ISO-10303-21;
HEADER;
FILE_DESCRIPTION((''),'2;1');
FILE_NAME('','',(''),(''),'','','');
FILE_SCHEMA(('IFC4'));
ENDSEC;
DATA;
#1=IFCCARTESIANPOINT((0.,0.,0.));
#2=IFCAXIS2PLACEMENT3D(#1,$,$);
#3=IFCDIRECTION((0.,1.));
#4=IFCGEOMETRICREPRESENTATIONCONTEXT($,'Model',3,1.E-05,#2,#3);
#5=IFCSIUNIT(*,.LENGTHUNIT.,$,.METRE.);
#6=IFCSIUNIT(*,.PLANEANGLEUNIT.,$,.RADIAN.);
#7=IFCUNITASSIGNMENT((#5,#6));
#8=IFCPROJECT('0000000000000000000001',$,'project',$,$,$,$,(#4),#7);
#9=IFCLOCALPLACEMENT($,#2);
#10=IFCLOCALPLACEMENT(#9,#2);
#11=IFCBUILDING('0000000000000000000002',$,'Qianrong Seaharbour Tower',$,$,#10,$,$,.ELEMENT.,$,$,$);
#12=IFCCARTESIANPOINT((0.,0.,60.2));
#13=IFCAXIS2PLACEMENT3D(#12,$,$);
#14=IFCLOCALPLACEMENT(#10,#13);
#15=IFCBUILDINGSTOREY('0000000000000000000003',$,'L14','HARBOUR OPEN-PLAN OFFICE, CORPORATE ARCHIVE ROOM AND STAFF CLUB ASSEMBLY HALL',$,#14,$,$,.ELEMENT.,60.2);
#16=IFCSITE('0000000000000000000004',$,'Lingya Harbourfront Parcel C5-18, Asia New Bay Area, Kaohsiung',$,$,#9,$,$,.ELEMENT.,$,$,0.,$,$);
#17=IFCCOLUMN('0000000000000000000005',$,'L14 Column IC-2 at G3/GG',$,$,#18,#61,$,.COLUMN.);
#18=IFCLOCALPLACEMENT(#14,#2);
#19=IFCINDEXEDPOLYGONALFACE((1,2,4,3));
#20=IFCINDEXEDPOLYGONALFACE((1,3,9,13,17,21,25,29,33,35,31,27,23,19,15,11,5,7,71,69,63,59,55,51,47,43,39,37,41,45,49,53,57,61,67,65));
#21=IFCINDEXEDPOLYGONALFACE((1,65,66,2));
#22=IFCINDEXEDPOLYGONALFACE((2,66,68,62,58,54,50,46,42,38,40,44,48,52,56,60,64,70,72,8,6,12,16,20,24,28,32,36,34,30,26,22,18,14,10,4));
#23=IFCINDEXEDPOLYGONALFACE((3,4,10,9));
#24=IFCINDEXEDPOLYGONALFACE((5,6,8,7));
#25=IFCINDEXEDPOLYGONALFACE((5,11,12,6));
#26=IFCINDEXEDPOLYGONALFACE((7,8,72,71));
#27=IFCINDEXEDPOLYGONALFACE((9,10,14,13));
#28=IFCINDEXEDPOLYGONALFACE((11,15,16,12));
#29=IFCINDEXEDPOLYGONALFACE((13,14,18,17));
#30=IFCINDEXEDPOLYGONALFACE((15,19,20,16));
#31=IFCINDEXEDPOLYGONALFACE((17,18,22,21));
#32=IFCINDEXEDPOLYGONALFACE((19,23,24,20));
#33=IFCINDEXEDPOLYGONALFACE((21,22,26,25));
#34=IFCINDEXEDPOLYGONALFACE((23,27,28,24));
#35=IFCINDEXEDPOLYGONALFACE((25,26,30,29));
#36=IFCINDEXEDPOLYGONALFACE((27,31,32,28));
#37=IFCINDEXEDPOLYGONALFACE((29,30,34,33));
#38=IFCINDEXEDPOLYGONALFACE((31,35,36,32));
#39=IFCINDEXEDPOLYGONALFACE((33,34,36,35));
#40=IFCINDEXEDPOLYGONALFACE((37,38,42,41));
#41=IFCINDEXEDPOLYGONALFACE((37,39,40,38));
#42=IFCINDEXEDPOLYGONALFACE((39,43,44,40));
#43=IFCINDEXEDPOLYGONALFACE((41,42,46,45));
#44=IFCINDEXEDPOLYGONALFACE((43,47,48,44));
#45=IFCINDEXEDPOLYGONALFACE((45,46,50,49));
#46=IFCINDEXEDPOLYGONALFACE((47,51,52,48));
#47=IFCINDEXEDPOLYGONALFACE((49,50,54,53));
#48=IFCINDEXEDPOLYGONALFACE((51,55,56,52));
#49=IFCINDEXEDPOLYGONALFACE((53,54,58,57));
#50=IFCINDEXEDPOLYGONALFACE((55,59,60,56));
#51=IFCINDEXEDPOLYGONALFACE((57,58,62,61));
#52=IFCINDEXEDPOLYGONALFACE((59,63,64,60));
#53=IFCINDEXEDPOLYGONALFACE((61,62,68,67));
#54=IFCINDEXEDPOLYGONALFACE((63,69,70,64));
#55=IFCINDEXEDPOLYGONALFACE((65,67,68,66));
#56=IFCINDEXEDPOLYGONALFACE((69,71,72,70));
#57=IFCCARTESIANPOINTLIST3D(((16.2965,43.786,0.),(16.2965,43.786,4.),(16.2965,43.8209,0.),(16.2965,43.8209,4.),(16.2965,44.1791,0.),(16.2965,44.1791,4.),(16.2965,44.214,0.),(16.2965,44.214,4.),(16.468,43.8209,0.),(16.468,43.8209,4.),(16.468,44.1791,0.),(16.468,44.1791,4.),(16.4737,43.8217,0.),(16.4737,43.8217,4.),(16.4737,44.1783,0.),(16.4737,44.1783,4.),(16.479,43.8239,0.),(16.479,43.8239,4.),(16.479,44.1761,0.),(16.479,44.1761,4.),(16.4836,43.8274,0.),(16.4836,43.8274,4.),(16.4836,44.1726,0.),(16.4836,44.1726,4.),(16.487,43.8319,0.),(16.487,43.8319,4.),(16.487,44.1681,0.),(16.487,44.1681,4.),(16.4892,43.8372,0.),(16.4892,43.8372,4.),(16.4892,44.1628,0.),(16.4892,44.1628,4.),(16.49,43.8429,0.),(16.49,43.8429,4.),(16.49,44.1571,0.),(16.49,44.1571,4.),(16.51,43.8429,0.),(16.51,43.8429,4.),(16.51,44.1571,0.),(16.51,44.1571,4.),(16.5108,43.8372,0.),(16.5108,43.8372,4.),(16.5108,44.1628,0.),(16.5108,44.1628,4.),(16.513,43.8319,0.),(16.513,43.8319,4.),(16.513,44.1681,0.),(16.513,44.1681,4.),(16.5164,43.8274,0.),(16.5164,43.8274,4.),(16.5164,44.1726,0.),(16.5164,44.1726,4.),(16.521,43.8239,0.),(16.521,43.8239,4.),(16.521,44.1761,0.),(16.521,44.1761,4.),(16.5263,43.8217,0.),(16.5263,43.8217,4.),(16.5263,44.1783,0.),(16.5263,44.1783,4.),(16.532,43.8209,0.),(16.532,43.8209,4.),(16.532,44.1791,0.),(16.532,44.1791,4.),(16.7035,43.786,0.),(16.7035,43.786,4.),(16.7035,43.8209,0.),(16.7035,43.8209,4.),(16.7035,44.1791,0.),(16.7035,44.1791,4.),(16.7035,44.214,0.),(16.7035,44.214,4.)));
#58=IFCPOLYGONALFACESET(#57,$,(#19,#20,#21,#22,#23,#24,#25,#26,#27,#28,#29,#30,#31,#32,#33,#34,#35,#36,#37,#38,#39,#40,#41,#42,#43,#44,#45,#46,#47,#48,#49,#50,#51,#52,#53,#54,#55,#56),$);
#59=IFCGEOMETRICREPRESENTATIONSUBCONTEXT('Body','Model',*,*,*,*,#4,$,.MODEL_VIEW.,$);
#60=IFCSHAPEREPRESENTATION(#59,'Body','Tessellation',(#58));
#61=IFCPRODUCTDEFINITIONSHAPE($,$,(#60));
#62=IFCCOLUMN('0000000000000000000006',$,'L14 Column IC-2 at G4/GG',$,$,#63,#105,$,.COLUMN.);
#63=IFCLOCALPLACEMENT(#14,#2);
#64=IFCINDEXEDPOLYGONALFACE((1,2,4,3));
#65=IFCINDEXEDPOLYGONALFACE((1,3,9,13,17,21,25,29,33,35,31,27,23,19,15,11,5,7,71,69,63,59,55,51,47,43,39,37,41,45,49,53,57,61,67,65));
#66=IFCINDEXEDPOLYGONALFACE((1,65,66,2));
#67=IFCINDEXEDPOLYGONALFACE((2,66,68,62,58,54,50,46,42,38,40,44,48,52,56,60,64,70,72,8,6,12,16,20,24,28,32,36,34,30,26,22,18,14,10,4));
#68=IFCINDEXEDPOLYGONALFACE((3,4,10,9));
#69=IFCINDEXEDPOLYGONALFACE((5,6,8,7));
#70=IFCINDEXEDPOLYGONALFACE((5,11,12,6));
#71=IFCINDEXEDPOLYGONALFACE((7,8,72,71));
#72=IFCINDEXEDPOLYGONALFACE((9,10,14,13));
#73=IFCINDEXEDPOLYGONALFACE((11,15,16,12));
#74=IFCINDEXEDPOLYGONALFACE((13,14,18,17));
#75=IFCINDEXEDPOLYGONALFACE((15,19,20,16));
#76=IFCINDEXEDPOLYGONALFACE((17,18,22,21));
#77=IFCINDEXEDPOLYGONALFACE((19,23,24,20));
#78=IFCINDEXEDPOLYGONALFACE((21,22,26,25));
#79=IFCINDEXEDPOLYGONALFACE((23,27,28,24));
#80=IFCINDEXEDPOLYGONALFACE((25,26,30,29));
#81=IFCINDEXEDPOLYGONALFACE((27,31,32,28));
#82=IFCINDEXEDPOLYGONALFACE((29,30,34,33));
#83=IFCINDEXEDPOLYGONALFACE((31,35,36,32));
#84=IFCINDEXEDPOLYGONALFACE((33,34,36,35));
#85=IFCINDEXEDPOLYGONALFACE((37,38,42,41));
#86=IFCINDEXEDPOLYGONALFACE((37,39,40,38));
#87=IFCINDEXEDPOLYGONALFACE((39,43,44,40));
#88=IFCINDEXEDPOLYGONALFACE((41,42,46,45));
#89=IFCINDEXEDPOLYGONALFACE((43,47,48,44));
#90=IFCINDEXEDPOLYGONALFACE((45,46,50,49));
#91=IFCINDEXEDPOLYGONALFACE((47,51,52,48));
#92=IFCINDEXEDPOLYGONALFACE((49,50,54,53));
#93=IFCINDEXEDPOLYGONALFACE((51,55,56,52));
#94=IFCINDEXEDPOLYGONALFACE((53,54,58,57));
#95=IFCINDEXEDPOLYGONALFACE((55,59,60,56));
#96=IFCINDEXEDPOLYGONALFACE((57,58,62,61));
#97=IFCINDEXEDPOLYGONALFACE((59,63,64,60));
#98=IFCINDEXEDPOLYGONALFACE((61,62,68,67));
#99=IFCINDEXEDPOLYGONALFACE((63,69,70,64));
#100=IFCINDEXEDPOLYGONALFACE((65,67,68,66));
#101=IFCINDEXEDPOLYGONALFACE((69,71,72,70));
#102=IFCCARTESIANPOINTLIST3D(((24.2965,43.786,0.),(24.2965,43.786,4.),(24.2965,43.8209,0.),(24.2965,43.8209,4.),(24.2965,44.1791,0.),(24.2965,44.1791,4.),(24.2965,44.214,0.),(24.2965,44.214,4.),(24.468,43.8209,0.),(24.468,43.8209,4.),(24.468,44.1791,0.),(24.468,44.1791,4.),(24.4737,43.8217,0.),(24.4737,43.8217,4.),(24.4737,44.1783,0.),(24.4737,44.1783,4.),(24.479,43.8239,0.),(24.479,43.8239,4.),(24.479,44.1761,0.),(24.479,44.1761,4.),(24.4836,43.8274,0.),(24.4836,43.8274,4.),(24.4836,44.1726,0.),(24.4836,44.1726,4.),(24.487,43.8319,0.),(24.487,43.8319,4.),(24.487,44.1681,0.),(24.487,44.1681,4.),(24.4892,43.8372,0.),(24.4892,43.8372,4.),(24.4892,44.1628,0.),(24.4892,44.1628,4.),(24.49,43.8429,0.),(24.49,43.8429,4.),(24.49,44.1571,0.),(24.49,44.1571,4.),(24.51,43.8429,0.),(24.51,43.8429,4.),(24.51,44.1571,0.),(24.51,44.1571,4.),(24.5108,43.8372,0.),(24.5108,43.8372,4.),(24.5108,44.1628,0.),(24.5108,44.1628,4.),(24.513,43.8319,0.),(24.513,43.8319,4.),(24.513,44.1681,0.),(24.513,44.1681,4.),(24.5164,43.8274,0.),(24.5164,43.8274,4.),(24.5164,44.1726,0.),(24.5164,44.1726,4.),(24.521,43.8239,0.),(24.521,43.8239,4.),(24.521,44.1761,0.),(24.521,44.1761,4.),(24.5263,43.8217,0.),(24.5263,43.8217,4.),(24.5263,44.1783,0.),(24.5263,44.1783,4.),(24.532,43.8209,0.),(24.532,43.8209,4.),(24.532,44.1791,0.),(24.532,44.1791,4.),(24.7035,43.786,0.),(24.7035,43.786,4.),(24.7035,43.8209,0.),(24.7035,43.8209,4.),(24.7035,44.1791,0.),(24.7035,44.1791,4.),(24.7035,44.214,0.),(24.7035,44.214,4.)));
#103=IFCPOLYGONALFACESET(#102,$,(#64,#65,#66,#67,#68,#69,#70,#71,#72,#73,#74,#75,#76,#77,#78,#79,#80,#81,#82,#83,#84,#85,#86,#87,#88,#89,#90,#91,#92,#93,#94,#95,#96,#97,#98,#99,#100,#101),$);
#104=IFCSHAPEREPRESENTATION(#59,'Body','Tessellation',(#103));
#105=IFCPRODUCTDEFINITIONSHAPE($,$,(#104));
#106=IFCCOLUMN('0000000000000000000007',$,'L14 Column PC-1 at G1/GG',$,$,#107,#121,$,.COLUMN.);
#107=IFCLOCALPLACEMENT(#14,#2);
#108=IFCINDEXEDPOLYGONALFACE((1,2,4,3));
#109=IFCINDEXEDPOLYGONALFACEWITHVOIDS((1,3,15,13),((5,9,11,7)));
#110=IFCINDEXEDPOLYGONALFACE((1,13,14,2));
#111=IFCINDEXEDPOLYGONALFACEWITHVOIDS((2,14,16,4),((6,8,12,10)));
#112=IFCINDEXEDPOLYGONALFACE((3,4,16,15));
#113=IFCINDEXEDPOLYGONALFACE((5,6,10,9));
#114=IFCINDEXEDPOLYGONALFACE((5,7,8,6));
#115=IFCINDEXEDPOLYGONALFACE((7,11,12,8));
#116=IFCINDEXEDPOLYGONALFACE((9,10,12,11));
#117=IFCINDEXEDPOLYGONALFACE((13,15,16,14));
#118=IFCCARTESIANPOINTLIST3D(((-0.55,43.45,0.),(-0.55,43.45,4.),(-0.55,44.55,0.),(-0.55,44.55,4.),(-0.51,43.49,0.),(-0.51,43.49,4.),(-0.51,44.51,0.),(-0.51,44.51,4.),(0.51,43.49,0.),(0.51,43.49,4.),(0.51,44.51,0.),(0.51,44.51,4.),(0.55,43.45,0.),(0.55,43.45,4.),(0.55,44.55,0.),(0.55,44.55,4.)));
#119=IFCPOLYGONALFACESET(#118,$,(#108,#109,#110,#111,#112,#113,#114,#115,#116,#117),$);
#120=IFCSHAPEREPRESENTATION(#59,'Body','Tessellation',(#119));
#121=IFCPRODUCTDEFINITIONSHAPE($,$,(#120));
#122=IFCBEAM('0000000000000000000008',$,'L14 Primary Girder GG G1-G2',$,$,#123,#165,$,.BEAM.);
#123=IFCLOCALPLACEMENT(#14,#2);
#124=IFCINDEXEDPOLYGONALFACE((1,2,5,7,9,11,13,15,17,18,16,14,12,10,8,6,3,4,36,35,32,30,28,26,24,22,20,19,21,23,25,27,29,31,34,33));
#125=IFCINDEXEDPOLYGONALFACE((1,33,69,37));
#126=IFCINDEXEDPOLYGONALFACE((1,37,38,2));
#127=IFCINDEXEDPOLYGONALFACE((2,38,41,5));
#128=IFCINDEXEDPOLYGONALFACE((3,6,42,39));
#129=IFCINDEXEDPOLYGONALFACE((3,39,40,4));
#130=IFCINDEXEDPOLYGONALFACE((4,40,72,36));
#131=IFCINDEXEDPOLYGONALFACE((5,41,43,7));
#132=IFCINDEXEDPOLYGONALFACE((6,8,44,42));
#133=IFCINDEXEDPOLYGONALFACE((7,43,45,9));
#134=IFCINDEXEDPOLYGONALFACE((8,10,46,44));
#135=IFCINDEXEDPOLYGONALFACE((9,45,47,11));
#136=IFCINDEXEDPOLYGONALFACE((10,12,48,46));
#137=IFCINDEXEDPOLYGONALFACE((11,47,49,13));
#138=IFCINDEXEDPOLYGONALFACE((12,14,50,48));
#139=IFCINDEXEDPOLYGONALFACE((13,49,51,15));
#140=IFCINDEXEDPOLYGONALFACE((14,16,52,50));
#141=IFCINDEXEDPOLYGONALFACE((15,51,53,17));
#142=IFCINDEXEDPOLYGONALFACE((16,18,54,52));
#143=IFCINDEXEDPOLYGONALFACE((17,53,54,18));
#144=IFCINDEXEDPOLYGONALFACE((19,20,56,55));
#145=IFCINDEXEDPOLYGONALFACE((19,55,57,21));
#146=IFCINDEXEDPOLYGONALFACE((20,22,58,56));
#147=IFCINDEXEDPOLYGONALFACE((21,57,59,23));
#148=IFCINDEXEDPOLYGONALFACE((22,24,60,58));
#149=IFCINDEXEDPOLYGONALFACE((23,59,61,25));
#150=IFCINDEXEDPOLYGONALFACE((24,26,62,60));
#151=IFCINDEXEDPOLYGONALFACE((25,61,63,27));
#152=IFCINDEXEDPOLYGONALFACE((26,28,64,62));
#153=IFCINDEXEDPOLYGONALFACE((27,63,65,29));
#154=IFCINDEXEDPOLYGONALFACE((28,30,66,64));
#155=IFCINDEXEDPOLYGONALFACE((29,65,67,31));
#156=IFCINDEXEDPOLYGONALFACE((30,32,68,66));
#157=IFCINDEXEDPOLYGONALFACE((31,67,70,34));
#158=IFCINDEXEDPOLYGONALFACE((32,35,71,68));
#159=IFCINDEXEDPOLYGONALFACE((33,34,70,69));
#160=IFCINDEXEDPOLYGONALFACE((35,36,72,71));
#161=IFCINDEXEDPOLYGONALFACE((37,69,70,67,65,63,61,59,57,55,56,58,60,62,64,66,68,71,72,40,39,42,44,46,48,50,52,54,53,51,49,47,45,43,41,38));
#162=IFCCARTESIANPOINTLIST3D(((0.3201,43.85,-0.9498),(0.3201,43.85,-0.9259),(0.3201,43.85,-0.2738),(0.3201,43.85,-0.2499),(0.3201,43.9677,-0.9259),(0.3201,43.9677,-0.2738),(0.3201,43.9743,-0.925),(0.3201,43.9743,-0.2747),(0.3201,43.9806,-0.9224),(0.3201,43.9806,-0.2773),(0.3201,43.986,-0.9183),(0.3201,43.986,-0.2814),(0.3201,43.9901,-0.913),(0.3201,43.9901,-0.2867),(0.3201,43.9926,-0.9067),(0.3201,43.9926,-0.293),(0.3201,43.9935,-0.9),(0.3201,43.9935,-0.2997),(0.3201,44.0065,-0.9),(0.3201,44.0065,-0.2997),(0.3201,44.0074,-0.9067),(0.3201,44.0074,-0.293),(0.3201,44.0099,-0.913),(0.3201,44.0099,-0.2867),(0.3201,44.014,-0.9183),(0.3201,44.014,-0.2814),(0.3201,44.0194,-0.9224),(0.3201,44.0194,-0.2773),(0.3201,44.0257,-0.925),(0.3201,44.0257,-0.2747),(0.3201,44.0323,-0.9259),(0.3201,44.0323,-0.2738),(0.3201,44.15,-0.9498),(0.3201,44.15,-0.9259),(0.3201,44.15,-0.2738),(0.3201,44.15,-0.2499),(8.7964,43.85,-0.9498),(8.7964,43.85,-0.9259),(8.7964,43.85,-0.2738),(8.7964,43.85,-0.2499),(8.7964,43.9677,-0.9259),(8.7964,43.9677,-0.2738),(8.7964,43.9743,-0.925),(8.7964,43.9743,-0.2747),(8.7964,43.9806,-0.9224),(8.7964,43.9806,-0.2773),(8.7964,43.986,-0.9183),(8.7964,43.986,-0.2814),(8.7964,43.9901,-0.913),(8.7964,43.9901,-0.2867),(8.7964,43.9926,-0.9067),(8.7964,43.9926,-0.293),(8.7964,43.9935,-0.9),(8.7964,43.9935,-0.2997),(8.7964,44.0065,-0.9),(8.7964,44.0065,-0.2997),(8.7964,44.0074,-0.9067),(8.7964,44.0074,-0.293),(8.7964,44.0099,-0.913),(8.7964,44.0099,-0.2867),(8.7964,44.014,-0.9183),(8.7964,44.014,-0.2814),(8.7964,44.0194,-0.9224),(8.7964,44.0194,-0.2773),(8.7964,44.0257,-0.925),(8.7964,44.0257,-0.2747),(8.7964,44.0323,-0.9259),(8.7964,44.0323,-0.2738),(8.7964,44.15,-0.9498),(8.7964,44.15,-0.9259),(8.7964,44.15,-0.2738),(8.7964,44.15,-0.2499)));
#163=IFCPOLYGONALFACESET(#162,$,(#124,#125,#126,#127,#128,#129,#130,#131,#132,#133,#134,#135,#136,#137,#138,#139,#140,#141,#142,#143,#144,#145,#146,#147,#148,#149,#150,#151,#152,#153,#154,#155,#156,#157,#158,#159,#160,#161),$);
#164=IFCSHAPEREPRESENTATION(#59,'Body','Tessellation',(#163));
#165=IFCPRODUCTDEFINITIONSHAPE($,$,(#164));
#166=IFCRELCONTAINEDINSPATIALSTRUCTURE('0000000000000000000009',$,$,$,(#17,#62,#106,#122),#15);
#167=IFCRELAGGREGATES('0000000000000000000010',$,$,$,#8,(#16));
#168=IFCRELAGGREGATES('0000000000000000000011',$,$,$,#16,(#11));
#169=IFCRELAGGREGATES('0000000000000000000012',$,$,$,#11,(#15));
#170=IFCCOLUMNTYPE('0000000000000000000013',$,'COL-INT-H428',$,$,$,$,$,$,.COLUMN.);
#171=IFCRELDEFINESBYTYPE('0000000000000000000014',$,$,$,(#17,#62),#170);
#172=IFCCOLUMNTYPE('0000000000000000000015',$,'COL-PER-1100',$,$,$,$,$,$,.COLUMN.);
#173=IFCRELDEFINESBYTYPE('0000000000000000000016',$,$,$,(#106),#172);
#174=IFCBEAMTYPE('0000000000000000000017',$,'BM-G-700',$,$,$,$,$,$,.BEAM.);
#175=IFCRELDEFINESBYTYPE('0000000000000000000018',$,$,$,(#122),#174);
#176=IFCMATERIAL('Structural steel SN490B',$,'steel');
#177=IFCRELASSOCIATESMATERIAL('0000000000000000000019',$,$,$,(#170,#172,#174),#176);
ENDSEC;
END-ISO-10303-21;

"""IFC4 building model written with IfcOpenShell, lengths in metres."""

from ifc_helpers import new_model, si_unit, direction, frame, origin, origin_2d, place, context, subcontext, project, spatial, hollow_rectangle, i_section, extrude, material, material_profile, profile_set, type_object, element, save


model = new_model("IFC4")

# Units and contexts
model_context = context("Model", 3, precision=1e-05, world=origin(), true_north=direction((0.0, 1.0)))
body_context = subcontext(model_context, "Body", "Model", "MODEL_VIEW")
ifc_project = project(units=[si_unit("LENGTHUNIT", "METRE"), si_unit("PLANEANGLEUNIT", "RADIAN")], contexts=[model_context])

# Site, building, storey
site_placement = place(None, origin())
site = spatial("IfcSite", under=ifc_project, at=site_placement, Name="Lingya Harbourfront Parcel C5-18, Asia New Bay Area, Kaohsiung", CompositionType="ELEMENT", RefElevation=0.0)
building_placement = place(site_placement, origin())
building = spatial("IfcBuilding", under=site, at=building_placement, Name="Qianrong Seaharbour Tower", CompositionType="ELEMENT")
storey_placement = place(building_placement, frame((0.0, 0.0, 60.2)))
storey = spatial("IfcBuildingStorey", under=building, at=storey_placement, Name="L14", Description="HARBOUR OPEN-PLAN OFFICE, CORPORATE ARCHIVE ROOM AND STAFF CLUB ASSEMBLY HALL", CompositionType="ELEMENT", Elevation=60.2)

# Columns
ifc_material_1 = material(Name="Structural steel SN490B", Category="steel")
ifc_material_profile_1 = material_profile(ifc_material_1, i_section(OverallWidth=0.407, OverallDepth=0.428, WebThickness=0.02, FlangeThickness=0.0349, FilletRadius=0.022, at=origin_2d()), Name="H428x407x20x35")
ifc_profile_set_1 = profile_set([ifc_material_profile_1], Name="Structural steel SN490B")
column_type_1 = type_object("IfcColumnType", Name="COL-INT-H428", PredefinedType="COLUMN", material=ifc_profile_set_1)
for number, where, z_axis, x_axis, name in (
    (1, (16.5, 44.0, 0.0), (0.0, 0.0, 1.0), (1.0, 0.0, 0.0), "L14 Column IC-2 at G3/GG"),
    (2, (24.5, 44.0, 0.0), (0.0, 0.0, 1.0), (1.0, 0.0, 0.0), "L14 Column IC-2 at G4/GG"),
):
    element("IfcColumn", number, at=place(storey_placement, frame(where, z_axis=z_axis, x_axis=x_axis)), inside=storey, type_object=column_type_1, Name=name, PredefinedType="COLUMN", context=body_context, shape_type="SweptSolid", body=[
        extrude(i_section(OverallWidth=0.407, OverallDepth=0.428, WebThickness=0.02, FlangeThickness=0.0349, FilletRadius=0.022, at=origin_2d()), origin(), (0.0, 0.0, 1.0), 4.0),
    ])
ifc_material_profile_2 = material_profile(ifc_material_1, hollow_rectangle(XDim=1.1001, YDim=1.1001, WallThickness=0.04, at=origin_2d()), Name="BOX1100x1100x40")
ifc_profile_set_2 = profile_set([ifc_material_profile_2], Name="Structural steel SN490B")
column_type_2 = type_object("IfcColumnType", Name="COL-PER-1100", PredefinedType="COLUMN", material=ifc_profile_set_2)
column_1_placement = place(storey_placement, frame((0.0, 44.0, 0.0), z_axis=(0.0, 0.0, 1.0), x_axis=(1.0, 0.0, 0.0)))
element("IfcColumn", 3, at=column_1_placement, inside=storey, type_object=column_type_2, Name="L14 Column PC-1 at G1/GG", PredefinedType="COLUMN", context=body_context, shape_type="SweptSolid", body=[
    extrude(hollow_rectangle(XDim=1.1001, YDim=1.1001, WallThickness=0.04, at=origin_2d()), origin(), (0.0, 0.0, 1.0), 4.0),
])

# Beam
ifc_material_profile_3 = material_profile(ifc_material_1, i_section(OverallWidth=0.3, OverallDepth=0.7, WebThickness=0.0129, FlangeThickness=0.0239, FilletRadius=0.0259, at=origin_2d()), Name="H700x300x13x24")
ifc_profile_set_3 = profile_set([ifc_material_profile_3], Name="Structural steel SN490B")
beam_type_1 = type_object("IfcBeamType", Name="BM-G-700", PredefinedType="BEAM", material=ifc_profile_set_3)
beam_1_placement = place(storey_placement, frame((0.3201, 44.0, -0.5999), z_axis=(1.0, 0.0, 0.0), x_axis=(0.0, 1.0, 0.0)))
element("IfcBeam", 4, at=beam_1_placement, inside=storey, type_object=beam_type_1, Name="L14 Primary Girder GG G1-G2", PredefinedType="BEAM", context=body_context, shape_type="SweptSolid", body=[
    extrude(i_section(OverallWidth=0.3, OverallDepth=0.7, WebThickness=0.0129, FlangeThickness=0.0239, FilletRadius=0.0259, at=origin_2d()), origin(), (0.0, 0.0, 1.0), 8.4763),
])

save(model, "model.ifc")
